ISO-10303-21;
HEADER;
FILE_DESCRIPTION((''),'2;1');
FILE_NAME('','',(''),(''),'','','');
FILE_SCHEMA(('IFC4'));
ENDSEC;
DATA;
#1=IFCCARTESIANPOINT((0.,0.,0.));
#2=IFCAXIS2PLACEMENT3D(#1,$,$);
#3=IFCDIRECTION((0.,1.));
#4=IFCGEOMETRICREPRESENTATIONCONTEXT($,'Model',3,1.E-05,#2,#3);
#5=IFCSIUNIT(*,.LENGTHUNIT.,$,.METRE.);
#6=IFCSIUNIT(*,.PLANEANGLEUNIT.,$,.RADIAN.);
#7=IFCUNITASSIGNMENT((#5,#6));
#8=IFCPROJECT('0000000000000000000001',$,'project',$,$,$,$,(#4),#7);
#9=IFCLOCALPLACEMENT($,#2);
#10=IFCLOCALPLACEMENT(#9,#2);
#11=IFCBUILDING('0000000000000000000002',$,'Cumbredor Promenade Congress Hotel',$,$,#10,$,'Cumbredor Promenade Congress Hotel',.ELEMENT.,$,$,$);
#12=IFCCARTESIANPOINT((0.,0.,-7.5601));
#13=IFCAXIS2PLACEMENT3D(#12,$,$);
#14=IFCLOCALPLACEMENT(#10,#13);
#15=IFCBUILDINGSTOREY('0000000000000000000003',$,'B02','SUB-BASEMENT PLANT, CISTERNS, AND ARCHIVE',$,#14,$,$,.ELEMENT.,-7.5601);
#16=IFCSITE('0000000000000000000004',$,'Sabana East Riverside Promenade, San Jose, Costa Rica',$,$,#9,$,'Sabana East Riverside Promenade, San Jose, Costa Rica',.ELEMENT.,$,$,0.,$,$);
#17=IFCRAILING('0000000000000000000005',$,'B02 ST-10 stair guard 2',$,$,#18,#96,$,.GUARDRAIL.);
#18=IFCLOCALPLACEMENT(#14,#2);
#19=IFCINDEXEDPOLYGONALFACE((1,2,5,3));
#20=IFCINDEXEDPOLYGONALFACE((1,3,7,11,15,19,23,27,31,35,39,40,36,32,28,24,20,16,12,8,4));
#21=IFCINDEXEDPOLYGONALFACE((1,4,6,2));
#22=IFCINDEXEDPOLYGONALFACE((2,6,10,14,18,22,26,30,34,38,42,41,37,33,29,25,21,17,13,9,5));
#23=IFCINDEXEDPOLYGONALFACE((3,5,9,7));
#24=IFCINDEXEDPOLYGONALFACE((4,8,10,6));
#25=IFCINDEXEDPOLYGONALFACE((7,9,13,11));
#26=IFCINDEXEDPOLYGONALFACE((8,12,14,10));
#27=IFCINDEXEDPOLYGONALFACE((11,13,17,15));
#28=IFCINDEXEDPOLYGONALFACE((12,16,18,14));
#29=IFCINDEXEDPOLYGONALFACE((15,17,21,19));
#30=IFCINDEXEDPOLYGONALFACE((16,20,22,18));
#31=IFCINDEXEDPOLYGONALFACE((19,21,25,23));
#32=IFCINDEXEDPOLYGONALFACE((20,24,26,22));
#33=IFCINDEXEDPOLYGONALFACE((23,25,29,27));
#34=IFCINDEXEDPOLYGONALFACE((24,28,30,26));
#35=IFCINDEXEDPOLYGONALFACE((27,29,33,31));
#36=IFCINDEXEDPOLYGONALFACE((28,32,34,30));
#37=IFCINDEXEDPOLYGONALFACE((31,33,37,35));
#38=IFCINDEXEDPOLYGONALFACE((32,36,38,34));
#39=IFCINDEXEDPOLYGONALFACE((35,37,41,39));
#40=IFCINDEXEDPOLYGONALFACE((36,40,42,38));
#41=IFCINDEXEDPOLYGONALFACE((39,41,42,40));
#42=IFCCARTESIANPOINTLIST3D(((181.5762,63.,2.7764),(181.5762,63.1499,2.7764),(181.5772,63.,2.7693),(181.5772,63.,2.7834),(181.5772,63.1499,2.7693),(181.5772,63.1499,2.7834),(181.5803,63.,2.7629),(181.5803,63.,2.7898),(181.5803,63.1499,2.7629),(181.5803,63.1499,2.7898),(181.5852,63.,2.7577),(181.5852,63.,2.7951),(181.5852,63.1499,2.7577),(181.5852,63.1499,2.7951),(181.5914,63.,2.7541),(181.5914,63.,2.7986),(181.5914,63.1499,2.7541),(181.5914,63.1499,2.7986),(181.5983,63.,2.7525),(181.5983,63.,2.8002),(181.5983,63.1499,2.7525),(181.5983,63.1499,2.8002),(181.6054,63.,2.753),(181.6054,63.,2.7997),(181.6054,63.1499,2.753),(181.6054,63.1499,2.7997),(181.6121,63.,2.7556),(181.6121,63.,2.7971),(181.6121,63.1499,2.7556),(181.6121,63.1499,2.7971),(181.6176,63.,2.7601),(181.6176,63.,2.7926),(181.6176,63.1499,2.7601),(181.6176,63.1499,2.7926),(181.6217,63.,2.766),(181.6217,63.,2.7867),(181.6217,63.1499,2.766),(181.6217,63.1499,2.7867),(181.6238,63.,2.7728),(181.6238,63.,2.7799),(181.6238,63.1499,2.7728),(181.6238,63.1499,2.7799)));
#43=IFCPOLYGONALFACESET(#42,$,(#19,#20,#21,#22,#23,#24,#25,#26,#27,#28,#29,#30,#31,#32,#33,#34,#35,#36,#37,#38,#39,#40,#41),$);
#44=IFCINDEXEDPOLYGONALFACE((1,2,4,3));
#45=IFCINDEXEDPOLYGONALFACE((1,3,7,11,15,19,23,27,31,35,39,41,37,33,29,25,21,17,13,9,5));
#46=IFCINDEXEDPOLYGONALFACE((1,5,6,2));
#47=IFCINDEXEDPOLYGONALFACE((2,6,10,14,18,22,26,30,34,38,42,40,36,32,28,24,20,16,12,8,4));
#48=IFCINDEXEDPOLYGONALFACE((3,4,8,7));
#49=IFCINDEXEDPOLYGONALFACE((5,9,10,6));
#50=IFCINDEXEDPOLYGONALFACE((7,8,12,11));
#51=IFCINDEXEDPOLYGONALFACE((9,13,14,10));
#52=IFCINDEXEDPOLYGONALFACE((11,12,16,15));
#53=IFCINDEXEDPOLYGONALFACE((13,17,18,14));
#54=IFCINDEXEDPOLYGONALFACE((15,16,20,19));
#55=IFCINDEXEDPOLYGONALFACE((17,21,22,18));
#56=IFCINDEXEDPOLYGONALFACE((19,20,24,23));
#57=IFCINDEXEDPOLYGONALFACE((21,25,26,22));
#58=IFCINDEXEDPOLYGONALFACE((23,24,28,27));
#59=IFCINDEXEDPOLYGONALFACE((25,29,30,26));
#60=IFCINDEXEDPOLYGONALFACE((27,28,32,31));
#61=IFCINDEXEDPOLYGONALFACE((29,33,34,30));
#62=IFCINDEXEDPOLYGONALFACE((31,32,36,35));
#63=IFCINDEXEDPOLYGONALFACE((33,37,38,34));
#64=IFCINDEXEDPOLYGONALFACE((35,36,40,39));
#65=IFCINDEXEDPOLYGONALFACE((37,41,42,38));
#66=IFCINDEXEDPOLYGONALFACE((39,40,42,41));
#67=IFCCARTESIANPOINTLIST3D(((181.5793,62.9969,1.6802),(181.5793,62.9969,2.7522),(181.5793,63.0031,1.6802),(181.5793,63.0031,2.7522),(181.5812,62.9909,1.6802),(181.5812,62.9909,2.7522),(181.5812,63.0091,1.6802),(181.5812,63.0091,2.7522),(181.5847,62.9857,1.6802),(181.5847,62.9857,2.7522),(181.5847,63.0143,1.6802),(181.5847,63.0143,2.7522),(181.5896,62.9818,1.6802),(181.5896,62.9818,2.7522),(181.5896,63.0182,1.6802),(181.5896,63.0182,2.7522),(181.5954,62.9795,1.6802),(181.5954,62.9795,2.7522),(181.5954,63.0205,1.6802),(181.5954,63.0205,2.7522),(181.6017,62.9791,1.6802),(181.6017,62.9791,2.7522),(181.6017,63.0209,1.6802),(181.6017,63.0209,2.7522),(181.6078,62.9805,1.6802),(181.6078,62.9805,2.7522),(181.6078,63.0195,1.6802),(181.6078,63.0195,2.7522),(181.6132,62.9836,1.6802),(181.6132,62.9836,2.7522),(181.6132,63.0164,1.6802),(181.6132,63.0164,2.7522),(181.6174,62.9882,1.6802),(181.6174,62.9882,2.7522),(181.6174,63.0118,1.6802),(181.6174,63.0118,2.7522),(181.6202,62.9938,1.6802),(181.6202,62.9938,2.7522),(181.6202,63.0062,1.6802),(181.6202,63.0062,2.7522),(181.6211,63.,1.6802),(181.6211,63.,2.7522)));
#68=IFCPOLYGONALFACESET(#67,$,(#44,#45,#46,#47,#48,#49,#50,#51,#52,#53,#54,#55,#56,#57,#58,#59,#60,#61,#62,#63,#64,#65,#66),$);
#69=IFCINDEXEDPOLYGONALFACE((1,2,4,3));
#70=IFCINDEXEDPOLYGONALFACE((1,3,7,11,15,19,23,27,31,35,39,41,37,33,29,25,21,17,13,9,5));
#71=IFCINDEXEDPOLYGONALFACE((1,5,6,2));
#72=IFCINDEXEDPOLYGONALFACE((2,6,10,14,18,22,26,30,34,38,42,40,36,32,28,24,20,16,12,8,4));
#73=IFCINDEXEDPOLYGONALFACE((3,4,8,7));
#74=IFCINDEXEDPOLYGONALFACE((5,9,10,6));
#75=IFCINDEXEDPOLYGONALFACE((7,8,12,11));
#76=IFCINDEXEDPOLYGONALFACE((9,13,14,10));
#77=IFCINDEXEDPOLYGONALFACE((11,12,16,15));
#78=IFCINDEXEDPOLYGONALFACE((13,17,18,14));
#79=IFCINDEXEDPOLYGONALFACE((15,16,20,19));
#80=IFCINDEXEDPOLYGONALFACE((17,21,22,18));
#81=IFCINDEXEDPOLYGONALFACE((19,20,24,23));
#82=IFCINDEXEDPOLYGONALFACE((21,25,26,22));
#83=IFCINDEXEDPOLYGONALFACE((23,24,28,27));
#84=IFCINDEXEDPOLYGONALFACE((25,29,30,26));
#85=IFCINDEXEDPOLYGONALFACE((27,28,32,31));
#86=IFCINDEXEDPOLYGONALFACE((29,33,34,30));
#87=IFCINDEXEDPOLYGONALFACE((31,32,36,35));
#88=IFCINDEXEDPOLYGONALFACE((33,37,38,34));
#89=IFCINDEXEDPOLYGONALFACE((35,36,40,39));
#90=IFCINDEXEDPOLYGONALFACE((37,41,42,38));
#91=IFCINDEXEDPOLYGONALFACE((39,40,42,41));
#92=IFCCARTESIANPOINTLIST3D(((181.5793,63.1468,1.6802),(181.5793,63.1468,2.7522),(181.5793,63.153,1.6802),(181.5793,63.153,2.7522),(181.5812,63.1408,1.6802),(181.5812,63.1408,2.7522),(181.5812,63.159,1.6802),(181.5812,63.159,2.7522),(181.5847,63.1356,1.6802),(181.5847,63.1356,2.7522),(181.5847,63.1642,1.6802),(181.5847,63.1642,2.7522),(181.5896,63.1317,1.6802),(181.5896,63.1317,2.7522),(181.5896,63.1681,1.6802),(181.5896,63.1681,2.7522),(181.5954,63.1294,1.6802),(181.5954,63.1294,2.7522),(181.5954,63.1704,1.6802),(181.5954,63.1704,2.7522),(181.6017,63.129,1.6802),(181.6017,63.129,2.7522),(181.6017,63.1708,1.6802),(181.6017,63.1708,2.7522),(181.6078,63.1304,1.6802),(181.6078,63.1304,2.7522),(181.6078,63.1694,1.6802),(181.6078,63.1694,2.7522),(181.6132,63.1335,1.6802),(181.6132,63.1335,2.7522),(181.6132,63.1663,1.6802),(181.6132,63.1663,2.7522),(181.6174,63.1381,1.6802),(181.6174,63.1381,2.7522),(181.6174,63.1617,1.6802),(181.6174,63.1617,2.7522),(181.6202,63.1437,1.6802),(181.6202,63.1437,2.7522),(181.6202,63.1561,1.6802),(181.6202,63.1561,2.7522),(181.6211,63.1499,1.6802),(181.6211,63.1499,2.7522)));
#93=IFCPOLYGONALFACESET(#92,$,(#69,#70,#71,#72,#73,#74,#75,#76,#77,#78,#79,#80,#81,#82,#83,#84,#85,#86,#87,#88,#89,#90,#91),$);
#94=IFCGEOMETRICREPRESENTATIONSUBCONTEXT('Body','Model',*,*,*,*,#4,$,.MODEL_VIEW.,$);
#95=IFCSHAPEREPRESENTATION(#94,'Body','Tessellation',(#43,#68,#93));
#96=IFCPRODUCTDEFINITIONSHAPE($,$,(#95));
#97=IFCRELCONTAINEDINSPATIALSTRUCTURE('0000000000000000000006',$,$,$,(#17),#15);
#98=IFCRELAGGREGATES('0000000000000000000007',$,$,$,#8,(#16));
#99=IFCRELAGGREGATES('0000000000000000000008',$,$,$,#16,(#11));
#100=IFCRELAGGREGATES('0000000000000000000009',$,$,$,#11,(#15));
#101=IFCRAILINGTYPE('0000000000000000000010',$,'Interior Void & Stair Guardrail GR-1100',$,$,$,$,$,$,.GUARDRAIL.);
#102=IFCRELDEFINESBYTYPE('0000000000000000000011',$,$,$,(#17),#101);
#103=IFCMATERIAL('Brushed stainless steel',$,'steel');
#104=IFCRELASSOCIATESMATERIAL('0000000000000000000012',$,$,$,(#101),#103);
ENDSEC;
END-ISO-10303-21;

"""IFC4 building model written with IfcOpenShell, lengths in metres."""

from ifc_helpers import new_model, si_unit, direction, frame, origin, origin_2d, place, context, subcontext, project, spatial, circle, extrude, material, type_object, element, save


model = new_model("IFC4")

# Units and contexts
model_context = context("Model", 3, precision=1e-05, world=origin(), true_north=direction((0.0, 1.0)))
body_context = subcontext(model_context, "Body", "Model", "MODEL_VIEW")
ifc_project = project(units=[si_unit("LENGTHUNIT", "METRE"), si_unit("PLANEANGLEUNIT", "RADIAN")], contexts=[model_context])

# Site, building, storey
site_placement = place(None, origin())
site = spatial("IfcSite", under=ifc_project, at=site_placement, Name="Sabana East Riverside Promenade, San Jose, Costa Rica", LongName="Sabana East Riverside Promenade, San Jose, Costa Rica", CompositionType="ELEMENT", RefElevation=0.0)
building_placement = place(site_placement, origin())
building = spatial("IfcBuilding", under=site, at=building_placement, Name="Cumbredor Promenade Congress Hotel", LongName="Cumbredor Promenade Congress Hotel", CompositionType="ELEMENT")
storey_placement = place(building_placement, frame((0.0, 0.0, -7.5601)))
storey = spatial("IfcBuildingStorey", under=building, at=storey_placement, Name="B02", Description="SUB-BASEMENT PLANT, CISTERNS, AND ARCHIVE", CompositionType="ELEMENT", Elevation=-7.5601)

# Railing
ifc_material_1 = material(Name="Brushed stainless steel", Category="steel")
railing_type_1 = type_object("IfcRailingType", Name="Interior Void & Stair Guardrail GR-1100", PredefinedType="GUARDRAIL", material=ifc_material_1)
railing_1_placement = place(storey_placement, frame((181.6001, 63.0, 1.6802)))
element("IfcRailing", 1, at=railing_1_placement, inside=storey, type_object=railing_type_1, Name="B02 ST-10 stair guard 2", PredefinedType="GUARDRAIL", context=body_context, shape_type="SweptSolid", body=[
    extrude(circle(Radius=0.0239, at=origin_2d()), frame((0.0, 0.0, 1.0962), z_axis=(0.0, 1.0, 0.0), x_axis=(-1.0, 0.0, 0.0)), (0.0, 0.0, 1.0), 0.1499),
    extrude(circle(Radius=0.021, at=origin_2d()), origin(), (0.0, 0.0, 1.0), 1.072),
    extrude(circle(Radius=0.021, at=origin_2d()), frame((0.0, 0.1499, 0.0)), (0.0, 0.0, 1.0), 1.072),
])

save(model, "model.ifc")
